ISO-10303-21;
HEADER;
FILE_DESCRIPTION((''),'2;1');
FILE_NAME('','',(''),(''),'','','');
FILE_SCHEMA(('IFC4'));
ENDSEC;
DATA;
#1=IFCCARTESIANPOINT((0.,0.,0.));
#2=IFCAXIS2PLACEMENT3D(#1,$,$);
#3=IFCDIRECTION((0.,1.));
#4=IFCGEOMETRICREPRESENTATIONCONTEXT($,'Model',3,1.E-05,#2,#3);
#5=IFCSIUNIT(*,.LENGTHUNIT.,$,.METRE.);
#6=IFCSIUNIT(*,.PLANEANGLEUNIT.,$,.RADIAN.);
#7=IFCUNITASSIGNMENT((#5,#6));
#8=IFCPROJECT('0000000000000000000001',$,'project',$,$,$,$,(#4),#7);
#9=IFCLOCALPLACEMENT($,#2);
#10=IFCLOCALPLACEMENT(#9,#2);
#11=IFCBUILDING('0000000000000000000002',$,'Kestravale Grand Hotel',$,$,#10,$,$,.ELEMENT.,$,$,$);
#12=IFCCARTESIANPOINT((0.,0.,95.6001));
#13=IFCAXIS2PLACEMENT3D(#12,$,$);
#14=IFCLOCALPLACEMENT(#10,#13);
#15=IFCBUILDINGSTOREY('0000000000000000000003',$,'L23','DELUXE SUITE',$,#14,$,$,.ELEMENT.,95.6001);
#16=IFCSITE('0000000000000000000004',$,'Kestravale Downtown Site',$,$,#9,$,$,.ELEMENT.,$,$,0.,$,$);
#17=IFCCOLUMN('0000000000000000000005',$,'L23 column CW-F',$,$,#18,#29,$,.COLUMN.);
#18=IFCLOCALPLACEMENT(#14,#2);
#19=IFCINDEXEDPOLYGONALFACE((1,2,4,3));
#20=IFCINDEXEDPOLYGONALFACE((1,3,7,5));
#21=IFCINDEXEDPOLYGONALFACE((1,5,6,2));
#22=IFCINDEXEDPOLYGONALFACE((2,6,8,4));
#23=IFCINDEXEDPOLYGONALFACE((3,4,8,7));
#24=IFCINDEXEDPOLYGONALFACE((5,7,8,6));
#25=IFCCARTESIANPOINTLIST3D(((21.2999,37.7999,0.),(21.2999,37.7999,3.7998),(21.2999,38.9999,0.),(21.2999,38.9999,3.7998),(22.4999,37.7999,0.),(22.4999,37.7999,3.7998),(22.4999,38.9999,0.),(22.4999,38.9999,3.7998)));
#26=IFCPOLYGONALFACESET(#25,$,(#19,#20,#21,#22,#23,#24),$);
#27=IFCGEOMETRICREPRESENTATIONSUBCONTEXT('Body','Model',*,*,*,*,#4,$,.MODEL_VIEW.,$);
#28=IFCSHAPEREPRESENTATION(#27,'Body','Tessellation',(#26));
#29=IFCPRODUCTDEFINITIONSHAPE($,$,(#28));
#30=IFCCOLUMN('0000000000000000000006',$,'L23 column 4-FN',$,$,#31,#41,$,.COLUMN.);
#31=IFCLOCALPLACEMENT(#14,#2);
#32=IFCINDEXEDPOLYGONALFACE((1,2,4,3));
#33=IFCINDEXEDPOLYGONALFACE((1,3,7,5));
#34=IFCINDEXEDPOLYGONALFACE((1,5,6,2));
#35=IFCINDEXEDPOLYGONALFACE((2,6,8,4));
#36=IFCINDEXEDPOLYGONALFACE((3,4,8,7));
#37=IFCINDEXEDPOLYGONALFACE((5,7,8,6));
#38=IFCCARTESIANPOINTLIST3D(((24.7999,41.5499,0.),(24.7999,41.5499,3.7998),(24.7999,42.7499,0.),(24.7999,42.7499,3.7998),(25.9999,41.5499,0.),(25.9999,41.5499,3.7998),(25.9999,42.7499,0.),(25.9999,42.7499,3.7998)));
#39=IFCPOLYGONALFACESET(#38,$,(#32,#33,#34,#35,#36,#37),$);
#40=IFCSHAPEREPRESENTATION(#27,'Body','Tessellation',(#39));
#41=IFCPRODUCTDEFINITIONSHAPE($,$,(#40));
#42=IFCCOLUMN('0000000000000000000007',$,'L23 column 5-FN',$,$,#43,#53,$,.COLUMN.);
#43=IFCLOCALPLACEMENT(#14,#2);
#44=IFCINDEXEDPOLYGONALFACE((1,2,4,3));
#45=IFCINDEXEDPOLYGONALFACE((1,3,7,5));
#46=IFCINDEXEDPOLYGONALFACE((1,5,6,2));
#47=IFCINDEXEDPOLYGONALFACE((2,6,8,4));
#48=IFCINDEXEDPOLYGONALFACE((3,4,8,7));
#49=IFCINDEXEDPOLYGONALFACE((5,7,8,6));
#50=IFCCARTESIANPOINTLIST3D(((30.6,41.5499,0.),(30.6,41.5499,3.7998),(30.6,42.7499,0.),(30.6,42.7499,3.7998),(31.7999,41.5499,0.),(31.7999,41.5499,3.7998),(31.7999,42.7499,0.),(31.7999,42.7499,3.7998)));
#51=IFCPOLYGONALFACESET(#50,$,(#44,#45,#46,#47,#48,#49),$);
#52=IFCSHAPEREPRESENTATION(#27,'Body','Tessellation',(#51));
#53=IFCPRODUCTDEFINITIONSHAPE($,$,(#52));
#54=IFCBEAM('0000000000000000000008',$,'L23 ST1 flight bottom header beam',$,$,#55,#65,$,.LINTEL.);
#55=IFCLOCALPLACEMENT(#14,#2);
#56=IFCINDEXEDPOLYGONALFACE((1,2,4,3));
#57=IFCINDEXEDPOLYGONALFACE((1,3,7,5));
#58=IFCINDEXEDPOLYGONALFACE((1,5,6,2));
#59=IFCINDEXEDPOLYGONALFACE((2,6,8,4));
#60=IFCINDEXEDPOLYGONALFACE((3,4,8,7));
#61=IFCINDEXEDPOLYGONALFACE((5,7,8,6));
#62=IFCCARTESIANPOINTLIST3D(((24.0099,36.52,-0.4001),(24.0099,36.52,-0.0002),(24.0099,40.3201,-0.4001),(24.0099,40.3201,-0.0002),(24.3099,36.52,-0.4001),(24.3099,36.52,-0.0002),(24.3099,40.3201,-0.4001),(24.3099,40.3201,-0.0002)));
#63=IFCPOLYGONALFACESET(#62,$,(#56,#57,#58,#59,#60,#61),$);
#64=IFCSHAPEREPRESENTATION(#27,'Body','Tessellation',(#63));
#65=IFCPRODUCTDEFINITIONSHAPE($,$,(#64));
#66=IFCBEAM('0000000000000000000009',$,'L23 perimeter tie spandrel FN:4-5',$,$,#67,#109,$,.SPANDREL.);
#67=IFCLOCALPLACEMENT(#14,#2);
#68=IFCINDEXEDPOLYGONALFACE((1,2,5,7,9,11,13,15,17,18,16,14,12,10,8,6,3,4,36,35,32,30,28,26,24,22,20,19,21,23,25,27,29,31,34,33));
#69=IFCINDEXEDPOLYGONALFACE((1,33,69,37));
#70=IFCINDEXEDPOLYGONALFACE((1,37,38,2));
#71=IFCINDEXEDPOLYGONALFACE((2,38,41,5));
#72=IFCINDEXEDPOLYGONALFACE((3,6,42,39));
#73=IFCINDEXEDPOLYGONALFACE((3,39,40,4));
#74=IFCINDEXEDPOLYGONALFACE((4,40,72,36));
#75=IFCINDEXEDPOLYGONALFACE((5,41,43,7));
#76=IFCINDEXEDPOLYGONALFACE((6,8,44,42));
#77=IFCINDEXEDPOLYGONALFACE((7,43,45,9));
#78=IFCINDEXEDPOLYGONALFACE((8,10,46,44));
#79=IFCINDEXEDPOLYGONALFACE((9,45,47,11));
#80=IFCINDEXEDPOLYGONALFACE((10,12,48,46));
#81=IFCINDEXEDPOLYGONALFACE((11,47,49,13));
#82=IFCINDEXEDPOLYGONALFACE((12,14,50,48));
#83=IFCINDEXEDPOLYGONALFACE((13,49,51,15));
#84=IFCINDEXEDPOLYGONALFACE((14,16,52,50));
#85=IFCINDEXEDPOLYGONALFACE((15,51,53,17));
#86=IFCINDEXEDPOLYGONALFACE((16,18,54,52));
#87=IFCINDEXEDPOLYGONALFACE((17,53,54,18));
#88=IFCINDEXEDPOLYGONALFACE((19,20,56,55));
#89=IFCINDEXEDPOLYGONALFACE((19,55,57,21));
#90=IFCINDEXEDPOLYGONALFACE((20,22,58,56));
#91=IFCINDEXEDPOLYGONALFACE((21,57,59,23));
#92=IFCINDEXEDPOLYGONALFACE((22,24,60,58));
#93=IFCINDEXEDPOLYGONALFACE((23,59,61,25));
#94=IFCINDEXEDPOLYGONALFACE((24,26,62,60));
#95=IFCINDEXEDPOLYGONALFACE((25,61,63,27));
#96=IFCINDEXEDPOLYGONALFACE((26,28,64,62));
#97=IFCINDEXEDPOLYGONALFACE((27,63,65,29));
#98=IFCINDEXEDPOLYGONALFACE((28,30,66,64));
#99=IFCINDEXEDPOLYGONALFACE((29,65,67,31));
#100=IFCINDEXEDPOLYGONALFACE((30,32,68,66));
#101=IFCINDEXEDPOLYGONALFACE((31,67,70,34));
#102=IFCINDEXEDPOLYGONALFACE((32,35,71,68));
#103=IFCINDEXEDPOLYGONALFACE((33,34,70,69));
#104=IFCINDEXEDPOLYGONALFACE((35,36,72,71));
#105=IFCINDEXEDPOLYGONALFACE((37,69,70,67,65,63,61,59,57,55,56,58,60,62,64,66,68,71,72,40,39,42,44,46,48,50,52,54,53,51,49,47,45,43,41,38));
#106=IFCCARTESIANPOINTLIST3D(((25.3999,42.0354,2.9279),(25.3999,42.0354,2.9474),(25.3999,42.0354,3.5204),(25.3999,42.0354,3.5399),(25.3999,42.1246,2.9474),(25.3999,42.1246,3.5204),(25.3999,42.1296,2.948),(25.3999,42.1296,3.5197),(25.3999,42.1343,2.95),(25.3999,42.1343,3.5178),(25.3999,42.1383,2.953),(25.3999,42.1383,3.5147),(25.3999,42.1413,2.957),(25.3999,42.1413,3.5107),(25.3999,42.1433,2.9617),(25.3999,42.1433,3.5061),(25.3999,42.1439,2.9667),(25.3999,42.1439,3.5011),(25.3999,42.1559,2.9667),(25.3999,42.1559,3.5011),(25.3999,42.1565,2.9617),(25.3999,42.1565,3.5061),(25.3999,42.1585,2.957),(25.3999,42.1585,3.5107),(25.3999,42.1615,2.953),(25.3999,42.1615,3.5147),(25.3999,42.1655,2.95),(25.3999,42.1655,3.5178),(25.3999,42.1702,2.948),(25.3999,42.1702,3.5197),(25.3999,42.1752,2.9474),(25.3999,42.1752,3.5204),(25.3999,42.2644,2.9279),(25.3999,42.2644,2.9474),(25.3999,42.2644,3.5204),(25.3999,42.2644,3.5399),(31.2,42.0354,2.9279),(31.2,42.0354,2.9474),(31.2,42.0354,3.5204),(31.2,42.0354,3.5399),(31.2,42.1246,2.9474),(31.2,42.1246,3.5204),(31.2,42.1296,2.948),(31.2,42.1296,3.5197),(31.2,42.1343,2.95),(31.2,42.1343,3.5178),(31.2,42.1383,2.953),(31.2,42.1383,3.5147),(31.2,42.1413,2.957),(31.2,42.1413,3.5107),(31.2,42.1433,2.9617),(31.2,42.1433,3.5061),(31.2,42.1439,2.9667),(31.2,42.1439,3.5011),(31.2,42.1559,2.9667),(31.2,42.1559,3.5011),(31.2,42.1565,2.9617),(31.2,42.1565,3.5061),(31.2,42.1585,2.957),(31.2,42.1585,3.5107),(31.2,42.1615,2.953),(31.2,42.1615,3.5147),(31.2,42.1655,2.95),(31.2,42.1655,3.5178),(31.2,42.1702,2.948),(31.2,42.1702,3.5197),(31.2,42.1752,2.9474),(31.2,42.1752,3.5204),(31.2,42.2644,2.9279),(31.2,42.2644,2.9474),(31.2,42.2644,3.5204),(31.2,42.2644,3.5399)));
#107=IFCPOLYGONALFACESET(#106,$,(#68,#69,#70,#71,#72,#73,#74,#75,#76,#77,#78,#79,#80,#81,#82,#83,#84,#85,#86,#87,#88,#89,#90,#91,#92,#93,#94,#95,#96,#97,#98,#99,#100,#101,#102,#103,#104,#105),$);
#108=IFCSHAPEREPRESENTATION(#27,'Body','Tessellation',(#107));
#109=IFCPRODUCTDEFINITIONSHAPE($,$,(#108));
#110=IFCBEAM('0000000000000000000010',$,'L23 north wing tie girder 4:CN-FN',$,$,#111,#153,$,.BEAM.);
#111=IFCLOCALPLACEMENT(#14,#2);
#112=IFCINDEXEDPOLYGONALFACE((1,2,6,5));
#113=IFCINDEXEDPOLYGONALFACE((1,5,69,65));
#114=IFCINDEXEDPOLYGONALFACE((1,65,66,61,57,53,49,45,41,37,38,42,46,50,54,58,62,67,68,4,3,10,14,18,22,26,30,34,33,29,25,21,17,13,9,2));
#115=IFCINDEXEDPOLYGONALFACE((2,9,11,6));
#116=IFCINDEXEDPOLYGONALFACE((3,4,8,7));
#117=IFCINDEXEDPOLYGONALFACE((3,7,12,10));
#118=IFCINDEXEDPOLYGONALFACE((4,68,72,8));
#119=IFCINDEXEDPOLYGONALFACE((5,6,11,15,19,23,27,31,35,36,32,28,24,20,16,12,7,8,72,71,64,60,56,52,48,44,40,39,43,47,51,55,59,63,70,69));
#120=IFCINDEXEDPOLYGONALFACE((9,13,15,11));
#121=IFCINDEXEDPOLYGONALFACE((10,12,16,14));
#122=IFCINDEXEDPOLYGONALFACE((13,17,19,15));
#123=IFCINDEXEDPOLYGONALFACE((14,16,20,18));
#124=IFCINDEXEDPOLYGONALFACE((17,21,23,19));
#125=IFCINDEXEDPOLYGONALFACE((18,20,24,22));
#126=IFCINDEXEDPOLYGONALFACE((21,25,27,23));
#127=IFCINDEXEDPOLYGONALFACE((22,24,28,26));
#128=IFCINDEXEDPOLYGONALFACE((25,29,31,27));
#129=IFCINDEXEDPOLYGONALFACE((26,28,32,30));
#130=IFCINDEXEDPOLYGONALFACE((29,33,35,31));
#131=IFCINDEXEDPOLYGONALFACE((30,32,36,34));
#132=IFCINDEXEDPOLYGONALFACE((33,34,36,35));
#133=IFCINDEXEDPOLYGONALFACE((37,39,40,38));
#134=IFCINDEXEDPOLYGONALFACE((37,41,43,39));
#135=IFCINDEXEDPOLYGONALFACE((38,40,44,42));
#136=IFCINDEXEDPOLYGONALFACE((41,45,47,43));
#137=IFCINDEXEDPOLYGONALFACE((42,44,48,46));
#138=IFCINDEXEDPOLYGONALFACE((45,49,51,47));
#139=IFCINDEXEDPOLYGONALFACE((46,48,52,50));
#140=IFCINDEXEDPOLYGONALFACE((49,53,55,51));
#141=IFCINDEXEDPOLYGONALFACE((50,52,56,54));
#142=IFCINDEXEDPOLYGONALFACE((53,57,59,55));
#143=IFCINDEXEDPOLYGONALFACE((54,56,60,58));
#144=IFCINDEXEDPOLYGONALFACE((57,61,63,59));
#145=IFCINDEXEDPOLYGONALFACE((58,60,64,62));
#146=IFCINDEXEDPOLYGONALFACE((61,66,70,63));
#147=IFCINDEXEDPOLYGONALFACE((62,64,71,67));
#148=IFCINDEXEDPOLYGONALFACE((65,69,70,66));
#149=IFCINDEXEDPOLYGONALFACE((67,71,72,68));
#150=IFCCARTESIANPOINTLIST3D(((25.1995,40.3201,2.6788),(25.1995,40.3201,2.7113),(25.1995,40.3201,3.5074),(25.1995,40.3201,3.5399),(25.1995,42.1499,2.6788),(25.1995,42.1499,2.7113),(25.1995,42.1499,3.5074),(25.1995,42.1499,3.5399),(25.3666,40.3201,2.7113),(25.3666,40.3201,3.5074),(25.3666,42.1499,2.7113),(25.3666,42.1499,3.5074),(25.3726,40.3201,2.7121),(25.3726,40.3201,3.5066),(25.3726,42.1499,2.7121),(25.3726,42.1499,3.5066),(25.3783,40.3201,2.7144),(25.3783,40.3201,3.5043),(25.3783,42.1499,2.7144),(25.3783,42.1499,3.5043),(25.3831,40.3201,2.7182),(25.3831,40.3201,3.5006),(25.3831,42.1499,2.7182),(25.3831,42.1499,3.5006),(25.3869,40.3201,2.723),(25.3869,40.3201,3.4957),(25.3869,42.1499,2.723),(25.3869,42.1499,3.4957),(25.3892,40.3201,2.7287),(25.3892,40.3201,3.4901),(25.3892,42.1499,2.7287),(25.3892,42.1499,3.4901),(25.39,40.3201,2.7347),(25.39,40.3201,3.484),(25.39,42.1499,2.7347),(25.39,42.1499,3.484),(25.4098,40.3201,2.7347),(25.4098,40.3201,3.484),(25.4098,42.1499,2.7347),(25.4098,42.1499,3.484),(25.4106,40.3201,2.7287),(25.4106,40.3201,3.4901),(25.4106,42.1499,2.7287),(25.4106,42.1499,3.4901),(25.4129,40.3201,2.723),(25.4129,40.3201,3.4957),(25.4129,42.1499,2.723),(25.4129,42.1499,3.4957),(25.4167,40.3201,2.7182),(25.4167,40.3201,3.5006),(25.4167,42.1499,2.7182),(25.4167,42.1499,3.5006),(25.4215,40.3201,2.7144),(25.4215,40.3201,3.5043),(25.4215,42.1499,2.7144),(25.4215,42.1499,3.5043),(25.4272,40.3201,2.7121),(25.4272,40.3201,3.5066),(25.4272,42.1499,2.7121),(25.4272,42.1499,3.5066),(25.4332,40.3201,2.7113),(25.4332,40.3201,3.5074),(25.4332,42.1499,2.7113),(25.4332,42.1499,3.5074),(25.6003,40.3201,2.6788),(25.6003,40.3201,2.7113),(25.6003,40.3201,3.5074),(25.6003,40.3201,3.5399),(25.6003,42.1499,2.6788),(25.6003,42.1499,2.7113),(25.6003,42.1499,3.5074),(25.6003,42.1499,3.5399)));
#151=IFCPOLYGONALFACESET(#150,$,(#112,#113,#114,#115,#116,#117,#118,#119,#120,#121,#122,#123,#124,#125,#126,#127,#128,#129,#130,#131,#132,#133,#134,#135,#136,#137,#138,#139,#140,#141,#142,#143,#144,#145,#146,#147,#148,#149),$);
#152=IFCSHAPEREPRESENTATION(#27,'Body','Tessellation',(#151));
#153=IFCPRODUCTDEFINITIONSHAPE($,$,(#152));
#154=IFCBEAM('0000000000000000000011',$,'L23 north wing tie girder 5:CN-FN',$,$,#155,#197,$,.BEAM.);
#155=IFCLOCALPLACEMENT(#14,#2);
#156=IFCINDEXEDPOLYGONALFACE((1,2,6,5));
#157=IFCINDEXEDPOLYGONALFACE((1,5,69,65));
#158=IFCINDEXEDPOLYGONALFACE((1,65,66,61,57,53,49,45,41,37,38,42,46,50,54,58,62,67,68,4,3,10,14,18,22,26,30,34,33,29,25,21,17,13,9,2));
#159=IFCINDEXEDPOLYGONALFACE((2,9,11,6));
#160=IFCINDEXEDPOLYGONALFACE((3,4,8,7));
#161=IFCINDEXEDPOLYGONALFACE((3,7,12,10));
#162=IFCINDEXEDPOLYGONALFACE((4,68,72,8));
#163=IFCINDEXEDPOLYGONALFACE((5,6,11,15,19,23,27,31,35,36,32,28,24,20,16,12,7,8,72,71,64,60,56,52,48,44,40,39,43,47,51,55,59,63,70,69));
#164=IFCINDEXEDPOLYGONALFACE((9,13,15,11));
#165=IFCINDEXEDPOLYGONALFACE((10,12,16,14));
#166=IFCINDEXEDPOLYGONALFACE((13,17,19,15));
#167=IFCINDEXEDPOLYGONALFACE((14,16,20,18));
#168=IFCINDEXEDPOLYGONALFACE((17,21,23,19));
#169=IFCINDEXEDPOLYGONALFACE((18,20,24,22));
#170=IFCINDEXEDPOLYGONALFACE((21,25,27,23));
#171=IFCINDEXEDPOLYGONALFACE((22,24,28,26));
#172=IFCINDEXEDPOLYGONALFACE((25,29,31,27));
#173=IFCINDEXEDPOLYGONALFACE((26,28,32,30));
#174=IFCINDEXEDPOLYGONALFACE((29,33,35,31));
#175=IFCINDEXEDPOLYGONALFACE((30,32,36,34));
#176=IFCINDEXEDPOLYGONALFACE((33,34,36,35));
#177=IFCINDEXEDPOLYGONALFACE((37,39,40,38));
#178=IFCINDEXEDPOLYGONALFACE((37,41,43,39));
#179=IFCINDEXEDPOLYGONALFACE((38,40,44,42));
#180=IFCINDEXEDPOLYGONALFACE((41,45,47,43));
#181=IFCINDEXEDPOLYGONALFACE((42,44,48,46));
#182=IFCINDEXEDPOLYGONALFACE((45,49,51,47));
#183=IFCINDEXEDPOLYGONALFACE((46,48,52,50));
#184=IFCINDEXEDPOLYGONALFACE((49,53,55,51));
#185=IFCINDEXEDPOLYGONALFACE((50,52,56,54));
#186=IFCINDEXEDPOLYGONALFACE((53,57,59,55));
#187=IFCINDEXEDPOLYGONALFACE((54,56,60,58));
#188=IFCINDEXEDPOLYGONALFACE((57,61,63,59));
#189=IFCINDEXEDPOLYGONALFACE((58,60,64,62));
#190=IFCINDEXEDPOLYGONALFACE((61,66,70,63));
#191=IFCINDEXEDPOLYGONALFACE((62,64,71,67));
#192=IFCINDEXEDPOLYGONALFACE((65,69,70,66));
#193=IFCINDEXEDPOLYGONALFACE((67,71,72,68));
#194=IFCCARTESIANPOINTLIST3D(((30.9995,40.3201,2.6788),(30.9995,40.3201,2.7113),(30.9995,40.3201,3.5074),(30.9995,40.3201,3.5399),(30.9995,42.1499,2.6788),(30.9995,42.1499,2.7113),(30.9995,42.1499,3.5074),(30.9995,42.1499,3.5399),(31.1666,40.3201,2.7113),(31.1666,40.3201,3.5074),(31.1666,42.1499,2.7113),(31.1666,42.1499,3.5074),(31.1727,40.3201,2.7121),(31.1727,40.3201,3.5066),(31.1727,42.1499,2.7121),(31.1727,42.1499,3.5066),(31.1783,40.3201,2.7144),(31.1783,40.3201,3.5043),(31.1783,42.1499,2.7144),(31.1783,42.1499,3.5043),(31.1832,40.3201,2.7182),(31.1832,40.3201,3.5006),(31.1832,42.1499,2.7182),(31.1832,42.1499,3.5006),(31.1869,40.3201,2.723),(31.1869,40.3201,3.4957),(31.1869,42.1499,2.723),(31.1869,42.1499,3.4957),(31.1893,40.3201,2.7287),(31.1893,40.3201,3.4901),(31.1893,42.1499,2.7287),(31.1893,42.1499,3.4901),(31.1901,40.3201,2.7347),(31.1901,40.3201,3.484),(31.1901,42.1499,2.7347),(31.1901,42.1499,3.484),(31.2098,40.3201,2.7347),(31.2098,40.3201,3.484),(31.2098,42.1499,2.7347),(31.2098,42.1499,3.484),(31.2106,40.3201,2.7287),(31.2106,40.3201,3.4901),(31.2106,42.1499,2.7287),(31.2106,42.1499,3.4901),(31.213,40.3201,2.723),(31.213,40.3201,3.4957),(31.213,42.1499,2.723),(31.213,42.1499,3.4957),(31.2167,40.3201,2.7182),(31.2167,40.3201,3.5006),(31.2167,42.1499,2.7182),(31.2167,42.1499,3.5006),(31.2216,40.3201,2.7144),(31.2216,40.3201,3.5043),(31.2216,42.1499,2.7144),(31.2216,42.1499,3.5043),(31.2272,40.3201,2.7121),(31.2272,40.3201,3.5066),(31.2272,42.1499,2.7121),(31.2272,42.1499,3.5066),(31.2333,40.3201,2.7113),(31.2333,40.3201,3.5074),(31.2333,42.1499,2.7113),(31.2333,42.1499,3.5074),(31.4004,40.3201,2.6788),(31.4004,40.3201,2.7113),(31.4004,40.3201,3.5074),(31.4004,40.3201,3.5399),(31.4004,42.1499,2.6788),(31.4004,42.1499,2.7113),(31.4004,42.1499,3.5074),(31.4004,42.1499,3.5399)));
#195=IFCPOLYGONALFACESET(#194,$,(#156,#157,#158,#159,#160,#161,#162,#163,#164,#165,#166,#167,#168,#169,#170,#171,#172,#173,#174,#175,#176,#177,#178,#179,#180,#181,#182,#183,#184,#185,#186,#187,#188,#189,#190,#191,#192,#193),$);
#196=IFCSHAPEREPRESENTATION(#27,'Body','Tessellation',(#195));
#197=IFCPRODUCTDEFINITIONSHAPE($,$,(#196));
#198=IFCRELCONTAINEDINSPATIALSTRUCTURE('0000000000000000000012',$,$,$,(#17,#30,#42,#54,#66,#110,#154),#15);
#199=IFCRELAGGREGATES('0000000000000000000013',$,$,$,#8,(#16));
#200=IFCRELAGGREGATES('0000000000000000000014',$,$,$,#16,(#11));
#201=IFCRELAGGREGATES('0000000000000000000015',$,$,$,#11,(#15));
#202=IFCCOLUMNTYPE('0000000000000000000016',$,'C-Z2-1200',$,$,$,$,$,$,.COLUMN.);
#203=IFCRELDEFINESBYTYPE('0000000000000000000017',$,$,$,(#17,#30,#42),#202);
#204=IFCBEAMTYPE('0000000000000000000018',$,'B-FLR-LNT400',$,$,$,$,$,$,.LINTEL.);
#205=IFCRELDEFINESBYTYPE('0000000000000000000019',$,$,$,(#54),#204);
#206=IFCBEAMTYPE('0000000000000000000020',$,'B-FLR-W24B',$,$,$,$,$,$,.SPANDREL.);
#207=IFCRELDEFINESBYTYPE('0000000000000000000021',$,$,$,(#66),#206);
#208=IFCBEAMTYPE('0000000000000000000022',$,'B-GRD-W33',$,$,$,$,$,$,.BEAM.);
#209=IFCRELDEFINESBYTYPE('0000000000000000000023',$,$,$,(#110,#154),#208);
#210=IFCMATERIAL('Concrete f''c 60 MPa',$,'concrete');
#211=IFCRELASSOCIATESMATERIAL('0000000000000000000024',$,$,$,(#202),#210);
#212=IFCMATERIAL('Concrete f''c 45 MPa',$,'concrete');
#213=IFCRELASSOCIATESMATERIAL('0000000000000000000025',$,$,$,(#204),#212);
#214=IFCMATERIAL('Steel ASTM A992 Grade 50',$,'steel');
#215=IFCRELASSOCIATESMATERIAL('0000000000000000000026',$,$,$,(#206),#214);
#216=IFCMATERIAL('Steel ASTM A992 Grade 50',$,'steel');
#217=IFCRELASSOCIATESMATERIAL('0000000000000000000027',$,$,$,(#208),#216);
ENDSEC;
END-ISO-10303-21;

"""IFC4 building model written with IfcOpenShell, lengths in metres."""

from ifc_helpers import new_model, si_unit, direction, frame, origin, origin_2d, place, context, subcontext, project, spatial, rectangle, i_section, extrude, material, material_profile, profile_set, type_object, element, save


model = new_model("IFC4")

# Units and contexts
model_context = context("Model", 3, precision=1e-05, world=origin(), true_north=direction((0.0, 1.0)))
body_context = subcontext(model_context, "Body", "Model", "MODEL_VIEW")
ifc_project = project(units=[si_unit("LENGTHUNIT", "METRE"), si_unit("PLANEANGLEUNIT", "RADIAN")], contexts=[model_context])

# Site, building, storey
site_placement = place(None, origin())
site = spatial("IfcSite", under=ifc_project, at=site_placement, Name="Kestravale Downtown Site", CompositionType="ELEMENT", RefElevation=0.0)
building_placement = place(site_placement, origin())
building = spatial("IfcBuilding", under=site, at=building_placement, Name="Kestravale Grand Hotel", CompositionType="ELEMENT")
storey_placement = place(building_placement, frame((0.0, 0.0, 95.6001)))
storey = spatial("IfcBuildingStorey", under=building, at=storey_placement, Name="L23", Description="DELUXE SUITE", CompositionType="ELEMENT", Elevation=95.6001)

# Columns
ifc_material_1 = material(Name="Concrete f'c 60 MPa", Category="concrete")
ifc_material_profile_1 = material_profile(ifc_material_1, rectangle(XDim=1.2, YDim=1.2, at=origin_2d()))
ifc_profile_set_1 = profile_set([ifc_material_profile_1], Name="Concrete f'c 60 MPa")
column_type = type_object("IfcColumnType", Name="C-Z2-1200", PredefinedType="COLUMN", material=ifc_profile_set_1)
for number, where, z_axis, x_axis, name in (
    (1, (21.8999, 38.3999, 0.0), (0.0, 0.0, 1.0), (1.0, 0.0, 0.0), "L23 column CW-F"),
    (2, (25.3999, 42.1499, 0.0), (0.0, 0.0, 1.0), (1.0, 0.0, 0.0), "L23 column 4-FN"),
    (3, (31.2, 42.1499, 0.0), (0.0, 0.0, 1.0), (1.0, 0.0, 0.0), "L23 column 5-FN"),
):
    element("IfcColumn", number, at=place(storey_placement, frame(where, z_axis=z_axis, x_axis=x_axis)), inside=storey, type_object=column_type, Name=name, PredefinedType="COLUMN", context=body_context, shape_type="SweptSolid", body=[
        extrude(rectangle(XDim=1.2, YDim=1.2, at=origin_2d()), origin(), (0.0, 0.0, 1.0), 3.7998),
    ])

# Beams
ifc_material_2 = material(Name="Concrete f'c 45 MPa", Category="concrete")
ifc_material_profile_2 = material_profile(ifc_material_2, rectangle(XDim=0.3, YDim=0.3999, at=origin_2d()))
ifc_profile_set_2 = profile_set([ifc_material_profile_2], Name="Concrete f'c 45 MPa")
beam_type_1 = type_object("IfcBeamType", Name="B-FLR-LNT400", PredefinedType="LINTEL", material=ifc_profile_set_2)
beam_1_placement = place(storey_placement, frame((24.1599, 36.52, -0.2002), z_axis=(0.0, 1.0, 0.0), x_axis=(-1.0, 0.0, 0.0)))
element("IfcBeam", 4, at=beam_1_placement, inside=storey, type_object=beam_type_1, Name="L23 ST1 flight bottom header beam", PredefinedType="LINTEL", context=body_context, shape_type="SweptSolid", body=[
    extrude(rectangle(XDim=0.3, YDim=0.3999, at=origin_2d()), origin(), (0.0, 0.0, 1.0), 3.8),
])
ifc_material_3 = material(Name="Steel ASTM A992 Grade 50", Category="steel")
ifc_material_profile_3 = material_profile(ifc_material_3, i_section(OverallWidth=0.229, OverallDepth=0.6121, WebThickness=0.012, FlangeThickness=0.0195, FilletRadius=0.0193, at=origin_2d()))
ifc_profile_set_3 = profile_set([ifc_material_profile_3], Name="Steel ASTM A992 Grade 50")
beam_type_2 = type_object("IfcBeamType", Name="B-FLR-W24B", PredefinedType="SPANDREL", material=ifc_profile_set_3)
beam_2_placement = place(storey_placement, frame((25.3999, 42.1499, 3.2339), z_axis=(1.0, 0.0, 0.0), x_axis=(0.0, 1.0, 0.0)))
element("IfcBeam", 5, at=beam_2_placement, inside=storey, type_object=beam_type_2, Name="L23 perimeter tie spandrel FN:4-5", PredefinedType="SPANDREL", context=body_context, shape_type="SweptSolid", body=[
    extrude(i_section(OverallWidth=0.229, OverallDepth=0.6121, WebThickness=0.012, FlangeThickness=0.0195, FilletRadius=0.0193, at=origin_2d()), origin(), (0.0, 0.0, 1.0), 5.8),
])
ifc_material_4 = material(Name="Steel ASTM A992 Grade 50", Category="steel")
ifc_material_profile_4 = material_profile(ifc_material_4, i_section(OverallWidth=0.4009, OverallDepth=0.8611, WebThickness=0.0198, FlangeThickness=0.0325, FilletRadius=0.0234, at=origin_2d()))
ifc_profile_set_4 = profile_set([ifc_material_profile_4], Name="Steel ASTM A992 Grade 50")
beam_type_3 = type_object("IfcBeamType", Name="B-GRD-W33", PredefinedType="BEAM", material=ifc_profile_set_4)
for number, where, z_axis, x_axis, name in (
    (6, (25.3999, 40.3201, 3.1094), (0.0, 1.0, 0.0), (-1.0, 0.0, 0.0), "L23 north wing tie girder 4:CN-FN"),
    (7, (31.2, 40.3201, 3.1094), (0.0, 1.0, 0.0), (-1.0, 0.0, 0.0), "L23 north wing tie girder 5:CN-FN"),
):
    element("IfcBeam", number, at=place(storey_placement, frame(where, z_axis=z_axis, x_axis=x_axis)), inside=storey, type_object=beam_type_3, Name=name, PredefinedType="BEAM", context=body_context, shape_type="SweptSolid", body=[
        extrude(i_section(OverallWidth=0.4009, OverallDepth=0.8611, WebThickness=0.0198, FlangeThickness=0.0325, FilletRadius=0.0234, at=origin_2d()), origin(), (0.0, 0.0, 1.0), 1.8298),
    ])

save(model, "model.ifc")
